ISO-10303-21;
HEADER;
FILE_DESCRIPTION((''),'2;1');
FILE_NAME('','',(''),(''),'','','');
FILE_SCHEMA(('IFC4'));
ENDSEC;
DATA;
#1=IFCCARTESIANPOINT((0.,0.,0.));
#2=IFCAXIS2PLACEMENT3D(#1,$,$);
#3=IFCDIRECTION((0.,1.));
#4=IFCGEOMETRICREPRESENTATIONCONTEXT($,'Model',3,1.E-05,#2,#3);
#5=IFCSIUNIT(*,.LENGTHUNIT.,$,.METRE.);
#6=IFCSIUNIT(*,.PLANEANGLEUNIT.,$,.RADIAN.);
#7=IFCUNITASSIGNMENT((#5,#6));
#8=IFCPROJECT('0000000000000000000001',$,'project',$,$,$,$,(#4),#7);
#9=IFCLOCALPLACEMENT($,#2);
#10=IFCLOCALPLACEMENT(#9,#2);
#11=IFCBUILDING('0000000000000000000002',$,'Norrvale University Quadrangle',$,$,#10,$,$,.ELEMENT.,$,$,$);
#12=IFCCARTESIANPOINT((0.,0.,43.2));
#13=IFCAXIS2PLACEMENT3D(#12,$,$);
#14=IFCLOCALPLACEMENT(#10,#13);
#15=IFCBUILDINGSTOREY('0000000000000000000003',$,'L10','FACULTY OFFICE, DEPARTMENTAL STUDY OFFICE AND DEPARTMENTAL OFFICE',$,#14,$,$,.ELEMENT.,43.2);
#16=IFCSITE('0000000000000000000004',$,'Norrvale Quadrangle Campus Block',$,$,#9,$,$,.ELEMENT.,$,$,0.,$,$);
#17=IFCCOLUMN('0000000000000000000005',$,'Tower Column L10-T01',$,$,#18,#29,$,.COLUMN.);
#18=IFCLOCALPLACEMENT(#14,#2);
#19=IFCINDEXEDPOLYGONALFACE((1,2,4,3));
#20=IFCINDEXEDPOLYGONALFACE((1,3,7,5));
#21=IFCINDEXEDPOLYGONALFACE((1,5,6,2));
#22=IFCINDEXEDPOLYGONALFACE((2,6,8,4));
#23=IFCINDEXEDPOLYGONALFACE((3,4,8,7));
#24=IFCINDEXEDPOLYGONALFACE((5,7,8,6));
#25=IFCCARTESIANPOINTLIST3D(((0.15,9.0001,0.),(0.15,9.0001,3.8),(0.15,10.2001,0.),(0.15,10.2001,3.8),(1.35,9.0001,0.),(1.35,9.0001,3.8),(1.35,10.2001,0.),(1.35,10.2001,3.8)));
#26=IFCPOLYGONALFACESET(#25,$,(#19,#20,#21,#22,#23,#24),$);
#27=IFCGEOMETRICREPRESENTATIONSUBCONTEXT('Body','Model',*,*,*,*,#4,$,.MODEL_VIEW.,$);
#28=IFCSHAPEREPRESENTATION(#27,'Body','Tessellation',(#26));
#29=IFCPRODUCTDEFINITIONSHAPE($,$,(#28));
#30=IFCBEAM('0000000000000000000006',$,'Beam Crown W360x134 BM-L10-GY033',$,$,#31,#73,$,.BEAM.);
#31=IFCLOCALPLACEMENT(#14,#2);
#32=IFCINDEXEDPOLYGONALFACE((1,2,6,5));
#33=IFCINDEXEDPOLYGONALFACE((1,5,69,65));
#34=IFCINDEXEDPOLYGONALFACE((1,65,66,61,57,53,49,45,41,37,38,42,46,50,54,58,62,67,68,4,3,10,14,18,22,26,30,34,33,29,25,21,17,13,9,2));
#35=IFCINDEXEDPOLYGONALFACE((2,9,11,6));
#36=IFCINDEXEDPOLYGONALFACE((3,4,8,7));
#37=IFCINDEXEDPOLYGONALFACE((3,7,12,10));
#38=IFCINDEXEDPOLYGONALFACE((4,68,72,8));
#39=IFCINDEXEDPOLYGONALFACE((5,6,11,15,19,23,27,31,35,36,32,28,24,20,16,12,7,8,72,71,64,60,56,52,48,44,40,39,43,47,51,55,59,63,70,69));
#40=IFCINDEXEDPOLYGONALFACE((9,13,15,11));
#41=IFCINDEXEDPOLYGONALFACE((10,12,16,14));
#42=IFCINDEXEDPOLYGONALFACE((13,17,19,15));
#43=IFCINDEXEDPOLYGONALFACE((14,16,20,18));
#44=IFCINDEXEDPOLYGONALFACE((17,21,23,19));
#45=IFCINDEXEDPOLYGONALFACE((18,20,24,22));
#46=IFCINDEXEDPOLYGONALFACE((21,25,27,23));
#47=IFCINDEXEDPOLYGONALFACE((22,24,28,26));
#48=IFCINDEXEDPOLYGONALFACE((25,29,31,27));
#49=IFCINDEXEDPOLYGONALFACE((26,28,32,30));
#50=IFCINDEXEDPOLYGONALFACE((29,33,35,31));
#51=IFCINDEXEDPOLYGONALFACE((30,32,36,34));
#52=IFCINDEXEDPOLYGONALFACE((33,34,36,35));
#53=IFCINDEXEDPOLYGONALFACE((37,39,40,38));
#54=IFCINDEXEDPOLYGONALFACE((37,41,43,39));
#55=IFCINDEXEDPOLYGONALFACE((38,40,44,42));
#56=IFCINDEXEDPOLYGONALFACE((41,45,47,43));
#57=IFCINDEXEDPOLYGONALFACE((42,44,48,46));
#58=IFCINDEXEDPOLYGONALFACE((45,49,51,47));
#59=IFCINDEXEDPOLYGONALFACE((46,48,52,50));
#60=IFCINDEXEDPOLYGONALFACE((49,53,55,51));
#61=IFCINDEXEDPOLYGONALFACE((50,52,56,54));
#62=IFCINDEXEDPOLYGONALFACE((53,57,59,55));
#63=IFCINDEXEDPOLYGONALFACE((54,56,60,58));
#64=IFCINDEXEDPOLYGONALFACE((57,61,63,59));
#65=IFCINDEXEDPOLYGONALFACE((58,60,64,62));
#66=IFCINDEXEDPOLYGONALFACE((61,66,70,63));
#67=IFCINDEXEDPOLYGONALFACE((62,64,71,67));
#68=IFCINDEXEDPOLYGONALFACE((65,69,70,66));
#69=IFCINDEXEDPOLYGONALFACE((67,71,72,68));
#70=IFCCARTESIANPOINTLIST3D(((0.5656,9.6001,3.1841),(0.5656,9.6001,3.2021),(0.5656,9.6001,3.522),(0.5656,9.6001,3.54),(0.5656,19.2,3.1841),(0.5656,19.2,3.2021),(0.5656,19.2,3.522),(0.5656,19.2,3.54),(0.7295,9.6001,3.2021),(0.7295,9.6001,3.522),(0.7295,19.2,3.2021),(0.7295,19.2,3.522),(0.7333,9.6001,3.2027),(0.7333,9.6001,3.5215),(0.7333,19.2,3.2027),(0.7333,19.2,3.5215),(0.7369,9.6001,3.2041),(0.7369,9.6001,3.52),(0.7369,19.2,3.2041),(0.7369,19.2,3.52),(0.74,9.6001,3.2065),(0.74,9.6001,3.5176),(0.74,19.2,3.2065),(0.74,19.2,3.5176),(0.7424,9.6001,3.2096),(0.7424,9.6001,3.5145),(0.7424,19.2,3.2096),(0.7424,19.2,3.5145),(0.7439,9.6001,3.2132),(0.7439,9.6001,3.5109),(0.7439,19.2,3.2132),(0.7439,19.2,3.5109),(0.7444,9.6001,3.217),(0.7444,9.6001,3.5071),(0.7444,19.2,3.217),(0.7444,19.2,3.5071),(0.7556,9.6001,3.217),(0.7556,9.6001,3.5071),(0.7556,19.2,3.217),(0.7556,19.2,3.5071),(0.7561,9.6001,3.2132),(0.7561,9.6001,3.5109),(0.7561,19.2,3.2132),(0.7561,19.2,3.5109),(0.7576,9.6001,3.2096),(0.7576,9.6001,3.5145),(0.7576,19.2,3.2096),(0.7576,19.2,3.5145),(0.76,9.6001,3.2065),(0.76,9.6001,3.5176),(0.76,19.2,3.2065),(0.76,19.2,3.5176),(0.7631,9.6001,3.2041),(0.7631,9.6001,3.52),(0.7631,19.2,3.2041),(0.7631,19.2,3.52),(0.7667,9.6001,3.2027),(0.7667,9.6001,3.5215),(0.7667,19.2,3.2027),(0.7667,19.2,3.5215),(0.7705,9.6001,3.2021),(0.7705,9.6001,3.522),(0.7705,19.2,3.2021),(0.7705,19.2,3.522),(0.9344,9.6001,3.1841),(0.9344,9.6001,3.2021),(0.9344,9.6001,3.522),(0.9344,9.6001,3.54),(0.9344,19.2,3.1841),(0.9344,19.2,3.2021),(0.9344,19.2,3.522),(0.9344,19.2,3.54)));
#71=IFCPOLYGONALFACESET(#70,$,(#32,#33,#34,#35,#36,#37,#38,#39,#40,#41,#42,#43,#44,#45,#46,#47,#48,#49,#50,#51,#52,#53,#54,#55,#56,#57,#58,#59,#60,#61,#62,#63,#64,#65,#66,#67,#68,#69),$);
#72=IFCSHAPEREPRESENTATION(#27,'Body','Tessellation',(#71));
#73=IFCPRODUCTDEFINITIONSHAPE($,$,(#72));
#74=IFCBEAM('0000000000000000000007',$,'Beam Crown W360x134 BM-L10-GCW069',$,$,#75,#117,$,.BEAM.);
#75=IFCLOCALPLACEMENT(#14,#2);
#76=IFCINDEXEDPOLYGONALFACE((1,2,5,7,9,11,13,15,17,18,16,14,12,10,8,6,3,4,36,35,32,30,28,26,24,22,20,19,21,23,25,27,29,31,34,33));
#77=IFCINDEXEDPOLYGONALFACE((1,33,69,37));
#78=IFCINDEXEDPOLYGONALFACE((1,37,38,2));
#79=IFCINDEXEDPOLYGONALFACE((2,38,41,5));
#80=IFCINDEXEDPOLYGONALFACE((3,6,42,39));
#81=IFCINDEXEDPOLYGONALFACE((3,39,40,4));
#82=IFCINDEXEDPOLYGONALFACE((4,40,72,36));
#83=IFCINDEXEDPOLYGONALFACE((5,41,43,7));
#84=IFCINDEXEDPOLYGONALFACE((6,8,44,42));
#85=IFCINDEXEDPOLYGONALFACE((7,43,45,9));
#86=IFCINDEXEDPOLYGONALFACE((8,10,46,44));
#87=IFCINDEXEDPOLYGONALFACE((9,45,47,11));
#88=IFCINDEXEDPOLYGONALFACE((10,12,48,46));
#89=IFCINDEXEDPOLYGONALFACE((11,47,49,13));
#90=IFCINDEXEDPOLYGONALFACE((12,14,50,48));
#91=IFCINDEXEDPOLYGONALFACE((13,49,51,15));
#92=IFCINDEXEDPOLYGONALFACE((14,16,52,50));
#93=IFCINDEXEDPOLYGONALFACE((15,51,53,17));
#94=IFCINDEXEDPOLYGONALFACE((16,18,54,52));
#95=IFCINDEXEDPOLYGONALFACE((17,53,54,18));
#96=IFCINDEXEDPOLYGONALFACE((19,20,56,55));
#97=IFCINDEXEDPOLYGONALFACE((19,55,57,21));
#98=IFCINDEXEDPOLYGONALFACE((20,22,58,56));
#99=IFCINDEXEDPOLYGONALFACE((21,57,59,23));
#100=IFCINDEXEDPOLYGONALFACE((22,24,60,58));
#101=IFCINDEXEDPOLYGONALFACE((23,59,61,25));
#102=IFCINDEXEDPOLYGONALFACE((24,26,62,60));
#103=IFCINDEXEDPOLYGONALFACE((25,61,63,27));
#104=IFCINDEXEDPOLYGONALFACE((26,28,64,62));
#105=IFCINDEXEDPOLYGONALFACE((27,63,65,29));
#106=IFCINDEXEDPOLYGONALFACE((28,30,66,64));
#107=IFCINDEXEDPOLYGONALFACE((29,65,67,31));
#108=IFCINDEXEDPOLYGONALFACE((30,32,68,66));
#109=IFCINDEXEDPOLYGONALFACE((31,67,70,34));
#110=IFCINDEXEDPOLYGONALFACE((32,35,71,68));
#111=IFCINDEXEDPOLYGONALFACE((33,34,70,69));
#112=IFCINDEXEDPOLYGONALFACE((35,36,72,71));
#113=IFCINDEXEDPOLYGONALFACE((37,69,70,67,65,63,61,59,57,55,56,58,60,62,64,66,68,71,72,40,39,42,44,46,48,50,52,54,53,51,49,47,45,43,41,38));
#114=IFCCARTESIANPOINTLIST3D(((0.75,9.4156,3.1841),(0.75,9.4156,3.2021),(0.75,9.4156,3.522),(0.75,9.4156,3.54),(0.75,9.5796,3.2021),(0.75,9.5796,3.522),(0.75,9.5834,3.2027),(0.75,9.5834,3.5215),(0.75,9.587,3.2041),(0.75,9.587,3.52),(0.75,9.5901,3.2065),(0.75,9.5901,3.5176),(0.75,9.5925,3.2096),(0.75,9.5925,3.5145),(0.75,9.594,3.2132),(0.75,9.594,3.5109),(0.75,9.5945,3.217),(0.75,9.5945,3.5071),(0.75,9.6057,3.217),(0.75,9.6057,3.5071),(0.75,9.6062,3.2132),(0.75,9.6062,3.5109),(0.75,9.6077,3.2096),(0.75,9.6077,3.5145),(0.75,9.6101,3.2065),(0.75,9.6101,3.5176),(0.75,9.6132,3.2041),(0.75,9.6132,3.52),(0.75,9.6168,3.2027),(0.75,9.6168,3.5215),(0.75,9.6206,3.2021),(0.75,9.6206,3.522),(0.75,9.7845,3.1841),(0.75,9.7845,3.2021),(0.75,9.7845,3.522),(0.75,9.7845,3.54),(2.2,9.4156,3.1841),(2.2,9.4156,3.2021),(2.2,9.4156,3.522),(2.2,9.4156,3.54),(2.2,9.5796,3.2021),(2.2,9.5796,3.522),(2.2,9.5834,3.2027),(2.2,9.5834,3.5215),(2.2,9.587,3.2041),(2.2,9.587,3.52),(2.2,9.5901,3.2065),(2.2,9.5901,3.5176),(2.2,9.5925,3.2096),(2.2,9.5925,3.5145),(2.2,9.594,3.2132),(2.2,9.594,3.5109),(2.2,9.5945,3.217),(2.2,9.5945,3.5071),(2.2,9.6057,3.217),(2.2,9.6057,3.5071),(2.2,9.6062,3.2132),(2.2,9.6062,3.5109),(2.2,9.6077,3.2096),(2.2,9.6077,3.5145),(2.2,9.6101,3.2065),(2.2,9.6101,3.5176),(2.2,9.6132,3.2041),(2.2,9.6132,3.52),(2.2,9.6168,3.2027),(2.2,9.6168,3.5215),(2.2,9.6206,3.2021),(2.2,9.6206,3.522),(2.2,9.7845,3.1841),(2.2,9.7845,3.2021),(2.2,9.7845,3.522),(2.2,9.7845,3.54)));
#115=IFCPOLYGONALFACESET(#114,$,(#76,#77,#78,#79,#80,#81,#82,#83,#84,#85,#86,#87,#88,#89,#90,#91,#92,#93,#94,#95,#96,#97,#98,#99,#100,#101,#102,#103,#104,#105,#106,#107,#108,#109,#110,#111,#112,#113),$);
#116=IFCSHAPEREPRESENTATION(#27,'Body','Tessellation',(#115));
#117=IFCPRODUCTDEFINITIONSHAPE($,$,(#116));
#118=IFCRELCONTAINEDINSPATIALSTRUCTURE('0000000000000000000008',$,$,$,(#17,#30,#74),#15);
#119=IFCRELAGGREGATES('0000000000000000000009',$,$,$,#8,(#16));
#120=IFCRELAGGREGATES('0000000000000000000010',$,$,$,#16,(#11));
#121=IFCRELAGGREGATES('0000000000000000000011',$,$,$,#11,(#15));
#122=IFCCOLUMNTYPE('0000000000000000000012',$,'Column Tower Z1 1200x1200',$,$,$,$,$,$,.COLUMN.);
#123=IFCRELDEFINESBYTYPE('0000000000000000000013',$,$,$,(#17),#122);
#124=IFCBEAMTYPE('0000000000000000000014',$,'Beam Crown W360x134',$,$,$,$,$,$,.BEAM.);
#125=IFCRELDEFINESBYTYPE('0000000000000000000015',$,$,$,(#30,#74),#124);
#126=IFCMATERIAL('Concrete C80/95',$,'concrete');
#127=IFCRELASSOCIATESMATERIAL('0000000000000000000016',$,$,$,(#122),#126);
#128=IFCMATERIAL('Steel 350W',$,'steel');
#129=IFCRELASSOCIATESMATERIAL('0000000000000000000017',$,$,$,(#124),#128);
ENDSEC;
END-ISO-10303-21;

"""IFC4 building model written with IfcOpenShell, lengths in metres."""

from ifc_helpers import new_model, si_unit, direction, frame, origin, origin_2d, place, context, subcontext, project, spatial, rectangle, i_section, extrude, material, material_profile, profile_set, type_object, element, save


model = new_model("IFC4")

# Units and contexts
model_context = context("Model", 3, precision=1e-05, world=origin(), true_north=direction((0.0, 1.0)))
body_context = subcontext(model_context, "Body", "Model", "MODEL_VIEW")
ifc_project = project(units=[si_unit("LENGTHUNIT", "METRE"), si_unit("PLANEANGLEUNIT", "RADIAN")], contexts=[model_context])

# Site, building, storey
site_placement = place(None, origin())
site = spatial("IfcSite", under=ifc_project, at=site_placement, Name="Norrvale Quadrangle Campus Block", CompositionType="ELEMENT", RefElevation=0.0)
building_placement = place(site_placement, origin())
building = spatial("IfcBuilding", under=site, at=building_placement, Name="Norrvale University Quadrangle", CompositionType="ELEMENT")
storey_placement = place(building_placement, frame((0.0, 0.0, 43.2)))
storey = spatial("IfcBuildingStorey", under=building, at=storey_placement, Name="L10", Description="FACULTY OFFICE, DEPARTMENTAL STUDY OFFICE AND DEPARTMENTAL OFFICE", CompositionType="ELEMENT", Elevation=43.2)

# Column
ifc_material_1 = material(Name="Concrete C80/95", Category="concrete")
ifc_material_profile_1 = material_profile(ifc_material_1, rectangle(XDim=1.2, YDim=1.2, at=origin_2d()), Name="Concrete C80/95")
ifc_profile_set_1 = profile_set([ifc_material_profile_1], Name="Concrete C80/95")
column_type = type_object("IfcColumnType", Name="Column Tower Z1 1200x1200", PredefinedType="COLUMN", material=ifc_profile_set_1)
column_placement = place(storey_placement, frame((0.75, 9.6001, 0.0), z_axis=(0.0, 0.0, 1.0), x_axis=(1.0, 0.0, 0.0)))
element("IfcColumn", 1, at=column_placement, inside=storey, type_object=column_type, Name="Tower Column L10-T01", PredefinedType="COLUMN", context=body_context, shape_type="SweptSolid", body=[
    extrude(rectangle(XDim=1.2, YDim=1.2, at=origin_2d()), origin(), (0.0, 0.0, 1.0), 3.8),
])

# Beams
ifc_material_2 = material(Name="Steel 350W", Category="steel")
ifc_material_profile_2 = material_profile(ifc_material_2, i_section(OverallWidth=0.3689, OverallDepth=0.356, WebThickness=0.0112, FlangeThickness=0.0181, FilletRadius=0.0149, at=origin_2d()), Name="Steel 350W")
ifc_profile_set_2 = profile_set([ifc_material_profile_2], Name="Steel 350W")
beam_type = type_object("IfcBeamType", Name="Beam Crown W360x134", PredefinedType="BEAM", material=ifc_profile_set_2)
beam_1_placement = place(storey_placement, frame((0.75, 9.6001, 3.3621), z_axis=(0.0, 1.0, 0.0), x_axis=(-1.0, 0.0, 0.0)))
element("IfcBeam", 2, at=beam_1_placement, inside=storey, type_object=beam_type, Name="Beam Crown W360x134 BM-L10-GY033", PredefinedType="BEAM", context=body_context, shape_type="SweptSolid", body=[
    extrude(i_section(OverallWidth=0.3689, OverallDepth=0.356, WebThickness=0.0112, FlangeThickness=0.0181, FilletRadius=0.0149, at=origin_2d()), origin(), (0.0, 0.0, 1.0), 9.5999),
])
beam_2_placement = place(storey_placement, frame((0.75, 9.6001, 3.3621), z_axis=(1.0, 0.0, 0.0), x_axis=(0.0, 1.0, 0.0)))
element("IfcBeam", 3, at=beam_2_placement, inside=storey, type_object=beam_type, Name="Beam Crown W360x134 BM-L10-GCW069", PredefinedType="BEAM", context=body_context, shape_type="SweptSolid", body=[
    extrude(i_section(OverallWidth=0.3689, OverallDepth=0.356, WebThickness=0.0112, FlangeThickness=0.0181, FilletRadius=0.0149, at=origin_2d()), origin(), (0.0, 0.0, 1.0), 1.45),
])

save(model, "model.ifc")
